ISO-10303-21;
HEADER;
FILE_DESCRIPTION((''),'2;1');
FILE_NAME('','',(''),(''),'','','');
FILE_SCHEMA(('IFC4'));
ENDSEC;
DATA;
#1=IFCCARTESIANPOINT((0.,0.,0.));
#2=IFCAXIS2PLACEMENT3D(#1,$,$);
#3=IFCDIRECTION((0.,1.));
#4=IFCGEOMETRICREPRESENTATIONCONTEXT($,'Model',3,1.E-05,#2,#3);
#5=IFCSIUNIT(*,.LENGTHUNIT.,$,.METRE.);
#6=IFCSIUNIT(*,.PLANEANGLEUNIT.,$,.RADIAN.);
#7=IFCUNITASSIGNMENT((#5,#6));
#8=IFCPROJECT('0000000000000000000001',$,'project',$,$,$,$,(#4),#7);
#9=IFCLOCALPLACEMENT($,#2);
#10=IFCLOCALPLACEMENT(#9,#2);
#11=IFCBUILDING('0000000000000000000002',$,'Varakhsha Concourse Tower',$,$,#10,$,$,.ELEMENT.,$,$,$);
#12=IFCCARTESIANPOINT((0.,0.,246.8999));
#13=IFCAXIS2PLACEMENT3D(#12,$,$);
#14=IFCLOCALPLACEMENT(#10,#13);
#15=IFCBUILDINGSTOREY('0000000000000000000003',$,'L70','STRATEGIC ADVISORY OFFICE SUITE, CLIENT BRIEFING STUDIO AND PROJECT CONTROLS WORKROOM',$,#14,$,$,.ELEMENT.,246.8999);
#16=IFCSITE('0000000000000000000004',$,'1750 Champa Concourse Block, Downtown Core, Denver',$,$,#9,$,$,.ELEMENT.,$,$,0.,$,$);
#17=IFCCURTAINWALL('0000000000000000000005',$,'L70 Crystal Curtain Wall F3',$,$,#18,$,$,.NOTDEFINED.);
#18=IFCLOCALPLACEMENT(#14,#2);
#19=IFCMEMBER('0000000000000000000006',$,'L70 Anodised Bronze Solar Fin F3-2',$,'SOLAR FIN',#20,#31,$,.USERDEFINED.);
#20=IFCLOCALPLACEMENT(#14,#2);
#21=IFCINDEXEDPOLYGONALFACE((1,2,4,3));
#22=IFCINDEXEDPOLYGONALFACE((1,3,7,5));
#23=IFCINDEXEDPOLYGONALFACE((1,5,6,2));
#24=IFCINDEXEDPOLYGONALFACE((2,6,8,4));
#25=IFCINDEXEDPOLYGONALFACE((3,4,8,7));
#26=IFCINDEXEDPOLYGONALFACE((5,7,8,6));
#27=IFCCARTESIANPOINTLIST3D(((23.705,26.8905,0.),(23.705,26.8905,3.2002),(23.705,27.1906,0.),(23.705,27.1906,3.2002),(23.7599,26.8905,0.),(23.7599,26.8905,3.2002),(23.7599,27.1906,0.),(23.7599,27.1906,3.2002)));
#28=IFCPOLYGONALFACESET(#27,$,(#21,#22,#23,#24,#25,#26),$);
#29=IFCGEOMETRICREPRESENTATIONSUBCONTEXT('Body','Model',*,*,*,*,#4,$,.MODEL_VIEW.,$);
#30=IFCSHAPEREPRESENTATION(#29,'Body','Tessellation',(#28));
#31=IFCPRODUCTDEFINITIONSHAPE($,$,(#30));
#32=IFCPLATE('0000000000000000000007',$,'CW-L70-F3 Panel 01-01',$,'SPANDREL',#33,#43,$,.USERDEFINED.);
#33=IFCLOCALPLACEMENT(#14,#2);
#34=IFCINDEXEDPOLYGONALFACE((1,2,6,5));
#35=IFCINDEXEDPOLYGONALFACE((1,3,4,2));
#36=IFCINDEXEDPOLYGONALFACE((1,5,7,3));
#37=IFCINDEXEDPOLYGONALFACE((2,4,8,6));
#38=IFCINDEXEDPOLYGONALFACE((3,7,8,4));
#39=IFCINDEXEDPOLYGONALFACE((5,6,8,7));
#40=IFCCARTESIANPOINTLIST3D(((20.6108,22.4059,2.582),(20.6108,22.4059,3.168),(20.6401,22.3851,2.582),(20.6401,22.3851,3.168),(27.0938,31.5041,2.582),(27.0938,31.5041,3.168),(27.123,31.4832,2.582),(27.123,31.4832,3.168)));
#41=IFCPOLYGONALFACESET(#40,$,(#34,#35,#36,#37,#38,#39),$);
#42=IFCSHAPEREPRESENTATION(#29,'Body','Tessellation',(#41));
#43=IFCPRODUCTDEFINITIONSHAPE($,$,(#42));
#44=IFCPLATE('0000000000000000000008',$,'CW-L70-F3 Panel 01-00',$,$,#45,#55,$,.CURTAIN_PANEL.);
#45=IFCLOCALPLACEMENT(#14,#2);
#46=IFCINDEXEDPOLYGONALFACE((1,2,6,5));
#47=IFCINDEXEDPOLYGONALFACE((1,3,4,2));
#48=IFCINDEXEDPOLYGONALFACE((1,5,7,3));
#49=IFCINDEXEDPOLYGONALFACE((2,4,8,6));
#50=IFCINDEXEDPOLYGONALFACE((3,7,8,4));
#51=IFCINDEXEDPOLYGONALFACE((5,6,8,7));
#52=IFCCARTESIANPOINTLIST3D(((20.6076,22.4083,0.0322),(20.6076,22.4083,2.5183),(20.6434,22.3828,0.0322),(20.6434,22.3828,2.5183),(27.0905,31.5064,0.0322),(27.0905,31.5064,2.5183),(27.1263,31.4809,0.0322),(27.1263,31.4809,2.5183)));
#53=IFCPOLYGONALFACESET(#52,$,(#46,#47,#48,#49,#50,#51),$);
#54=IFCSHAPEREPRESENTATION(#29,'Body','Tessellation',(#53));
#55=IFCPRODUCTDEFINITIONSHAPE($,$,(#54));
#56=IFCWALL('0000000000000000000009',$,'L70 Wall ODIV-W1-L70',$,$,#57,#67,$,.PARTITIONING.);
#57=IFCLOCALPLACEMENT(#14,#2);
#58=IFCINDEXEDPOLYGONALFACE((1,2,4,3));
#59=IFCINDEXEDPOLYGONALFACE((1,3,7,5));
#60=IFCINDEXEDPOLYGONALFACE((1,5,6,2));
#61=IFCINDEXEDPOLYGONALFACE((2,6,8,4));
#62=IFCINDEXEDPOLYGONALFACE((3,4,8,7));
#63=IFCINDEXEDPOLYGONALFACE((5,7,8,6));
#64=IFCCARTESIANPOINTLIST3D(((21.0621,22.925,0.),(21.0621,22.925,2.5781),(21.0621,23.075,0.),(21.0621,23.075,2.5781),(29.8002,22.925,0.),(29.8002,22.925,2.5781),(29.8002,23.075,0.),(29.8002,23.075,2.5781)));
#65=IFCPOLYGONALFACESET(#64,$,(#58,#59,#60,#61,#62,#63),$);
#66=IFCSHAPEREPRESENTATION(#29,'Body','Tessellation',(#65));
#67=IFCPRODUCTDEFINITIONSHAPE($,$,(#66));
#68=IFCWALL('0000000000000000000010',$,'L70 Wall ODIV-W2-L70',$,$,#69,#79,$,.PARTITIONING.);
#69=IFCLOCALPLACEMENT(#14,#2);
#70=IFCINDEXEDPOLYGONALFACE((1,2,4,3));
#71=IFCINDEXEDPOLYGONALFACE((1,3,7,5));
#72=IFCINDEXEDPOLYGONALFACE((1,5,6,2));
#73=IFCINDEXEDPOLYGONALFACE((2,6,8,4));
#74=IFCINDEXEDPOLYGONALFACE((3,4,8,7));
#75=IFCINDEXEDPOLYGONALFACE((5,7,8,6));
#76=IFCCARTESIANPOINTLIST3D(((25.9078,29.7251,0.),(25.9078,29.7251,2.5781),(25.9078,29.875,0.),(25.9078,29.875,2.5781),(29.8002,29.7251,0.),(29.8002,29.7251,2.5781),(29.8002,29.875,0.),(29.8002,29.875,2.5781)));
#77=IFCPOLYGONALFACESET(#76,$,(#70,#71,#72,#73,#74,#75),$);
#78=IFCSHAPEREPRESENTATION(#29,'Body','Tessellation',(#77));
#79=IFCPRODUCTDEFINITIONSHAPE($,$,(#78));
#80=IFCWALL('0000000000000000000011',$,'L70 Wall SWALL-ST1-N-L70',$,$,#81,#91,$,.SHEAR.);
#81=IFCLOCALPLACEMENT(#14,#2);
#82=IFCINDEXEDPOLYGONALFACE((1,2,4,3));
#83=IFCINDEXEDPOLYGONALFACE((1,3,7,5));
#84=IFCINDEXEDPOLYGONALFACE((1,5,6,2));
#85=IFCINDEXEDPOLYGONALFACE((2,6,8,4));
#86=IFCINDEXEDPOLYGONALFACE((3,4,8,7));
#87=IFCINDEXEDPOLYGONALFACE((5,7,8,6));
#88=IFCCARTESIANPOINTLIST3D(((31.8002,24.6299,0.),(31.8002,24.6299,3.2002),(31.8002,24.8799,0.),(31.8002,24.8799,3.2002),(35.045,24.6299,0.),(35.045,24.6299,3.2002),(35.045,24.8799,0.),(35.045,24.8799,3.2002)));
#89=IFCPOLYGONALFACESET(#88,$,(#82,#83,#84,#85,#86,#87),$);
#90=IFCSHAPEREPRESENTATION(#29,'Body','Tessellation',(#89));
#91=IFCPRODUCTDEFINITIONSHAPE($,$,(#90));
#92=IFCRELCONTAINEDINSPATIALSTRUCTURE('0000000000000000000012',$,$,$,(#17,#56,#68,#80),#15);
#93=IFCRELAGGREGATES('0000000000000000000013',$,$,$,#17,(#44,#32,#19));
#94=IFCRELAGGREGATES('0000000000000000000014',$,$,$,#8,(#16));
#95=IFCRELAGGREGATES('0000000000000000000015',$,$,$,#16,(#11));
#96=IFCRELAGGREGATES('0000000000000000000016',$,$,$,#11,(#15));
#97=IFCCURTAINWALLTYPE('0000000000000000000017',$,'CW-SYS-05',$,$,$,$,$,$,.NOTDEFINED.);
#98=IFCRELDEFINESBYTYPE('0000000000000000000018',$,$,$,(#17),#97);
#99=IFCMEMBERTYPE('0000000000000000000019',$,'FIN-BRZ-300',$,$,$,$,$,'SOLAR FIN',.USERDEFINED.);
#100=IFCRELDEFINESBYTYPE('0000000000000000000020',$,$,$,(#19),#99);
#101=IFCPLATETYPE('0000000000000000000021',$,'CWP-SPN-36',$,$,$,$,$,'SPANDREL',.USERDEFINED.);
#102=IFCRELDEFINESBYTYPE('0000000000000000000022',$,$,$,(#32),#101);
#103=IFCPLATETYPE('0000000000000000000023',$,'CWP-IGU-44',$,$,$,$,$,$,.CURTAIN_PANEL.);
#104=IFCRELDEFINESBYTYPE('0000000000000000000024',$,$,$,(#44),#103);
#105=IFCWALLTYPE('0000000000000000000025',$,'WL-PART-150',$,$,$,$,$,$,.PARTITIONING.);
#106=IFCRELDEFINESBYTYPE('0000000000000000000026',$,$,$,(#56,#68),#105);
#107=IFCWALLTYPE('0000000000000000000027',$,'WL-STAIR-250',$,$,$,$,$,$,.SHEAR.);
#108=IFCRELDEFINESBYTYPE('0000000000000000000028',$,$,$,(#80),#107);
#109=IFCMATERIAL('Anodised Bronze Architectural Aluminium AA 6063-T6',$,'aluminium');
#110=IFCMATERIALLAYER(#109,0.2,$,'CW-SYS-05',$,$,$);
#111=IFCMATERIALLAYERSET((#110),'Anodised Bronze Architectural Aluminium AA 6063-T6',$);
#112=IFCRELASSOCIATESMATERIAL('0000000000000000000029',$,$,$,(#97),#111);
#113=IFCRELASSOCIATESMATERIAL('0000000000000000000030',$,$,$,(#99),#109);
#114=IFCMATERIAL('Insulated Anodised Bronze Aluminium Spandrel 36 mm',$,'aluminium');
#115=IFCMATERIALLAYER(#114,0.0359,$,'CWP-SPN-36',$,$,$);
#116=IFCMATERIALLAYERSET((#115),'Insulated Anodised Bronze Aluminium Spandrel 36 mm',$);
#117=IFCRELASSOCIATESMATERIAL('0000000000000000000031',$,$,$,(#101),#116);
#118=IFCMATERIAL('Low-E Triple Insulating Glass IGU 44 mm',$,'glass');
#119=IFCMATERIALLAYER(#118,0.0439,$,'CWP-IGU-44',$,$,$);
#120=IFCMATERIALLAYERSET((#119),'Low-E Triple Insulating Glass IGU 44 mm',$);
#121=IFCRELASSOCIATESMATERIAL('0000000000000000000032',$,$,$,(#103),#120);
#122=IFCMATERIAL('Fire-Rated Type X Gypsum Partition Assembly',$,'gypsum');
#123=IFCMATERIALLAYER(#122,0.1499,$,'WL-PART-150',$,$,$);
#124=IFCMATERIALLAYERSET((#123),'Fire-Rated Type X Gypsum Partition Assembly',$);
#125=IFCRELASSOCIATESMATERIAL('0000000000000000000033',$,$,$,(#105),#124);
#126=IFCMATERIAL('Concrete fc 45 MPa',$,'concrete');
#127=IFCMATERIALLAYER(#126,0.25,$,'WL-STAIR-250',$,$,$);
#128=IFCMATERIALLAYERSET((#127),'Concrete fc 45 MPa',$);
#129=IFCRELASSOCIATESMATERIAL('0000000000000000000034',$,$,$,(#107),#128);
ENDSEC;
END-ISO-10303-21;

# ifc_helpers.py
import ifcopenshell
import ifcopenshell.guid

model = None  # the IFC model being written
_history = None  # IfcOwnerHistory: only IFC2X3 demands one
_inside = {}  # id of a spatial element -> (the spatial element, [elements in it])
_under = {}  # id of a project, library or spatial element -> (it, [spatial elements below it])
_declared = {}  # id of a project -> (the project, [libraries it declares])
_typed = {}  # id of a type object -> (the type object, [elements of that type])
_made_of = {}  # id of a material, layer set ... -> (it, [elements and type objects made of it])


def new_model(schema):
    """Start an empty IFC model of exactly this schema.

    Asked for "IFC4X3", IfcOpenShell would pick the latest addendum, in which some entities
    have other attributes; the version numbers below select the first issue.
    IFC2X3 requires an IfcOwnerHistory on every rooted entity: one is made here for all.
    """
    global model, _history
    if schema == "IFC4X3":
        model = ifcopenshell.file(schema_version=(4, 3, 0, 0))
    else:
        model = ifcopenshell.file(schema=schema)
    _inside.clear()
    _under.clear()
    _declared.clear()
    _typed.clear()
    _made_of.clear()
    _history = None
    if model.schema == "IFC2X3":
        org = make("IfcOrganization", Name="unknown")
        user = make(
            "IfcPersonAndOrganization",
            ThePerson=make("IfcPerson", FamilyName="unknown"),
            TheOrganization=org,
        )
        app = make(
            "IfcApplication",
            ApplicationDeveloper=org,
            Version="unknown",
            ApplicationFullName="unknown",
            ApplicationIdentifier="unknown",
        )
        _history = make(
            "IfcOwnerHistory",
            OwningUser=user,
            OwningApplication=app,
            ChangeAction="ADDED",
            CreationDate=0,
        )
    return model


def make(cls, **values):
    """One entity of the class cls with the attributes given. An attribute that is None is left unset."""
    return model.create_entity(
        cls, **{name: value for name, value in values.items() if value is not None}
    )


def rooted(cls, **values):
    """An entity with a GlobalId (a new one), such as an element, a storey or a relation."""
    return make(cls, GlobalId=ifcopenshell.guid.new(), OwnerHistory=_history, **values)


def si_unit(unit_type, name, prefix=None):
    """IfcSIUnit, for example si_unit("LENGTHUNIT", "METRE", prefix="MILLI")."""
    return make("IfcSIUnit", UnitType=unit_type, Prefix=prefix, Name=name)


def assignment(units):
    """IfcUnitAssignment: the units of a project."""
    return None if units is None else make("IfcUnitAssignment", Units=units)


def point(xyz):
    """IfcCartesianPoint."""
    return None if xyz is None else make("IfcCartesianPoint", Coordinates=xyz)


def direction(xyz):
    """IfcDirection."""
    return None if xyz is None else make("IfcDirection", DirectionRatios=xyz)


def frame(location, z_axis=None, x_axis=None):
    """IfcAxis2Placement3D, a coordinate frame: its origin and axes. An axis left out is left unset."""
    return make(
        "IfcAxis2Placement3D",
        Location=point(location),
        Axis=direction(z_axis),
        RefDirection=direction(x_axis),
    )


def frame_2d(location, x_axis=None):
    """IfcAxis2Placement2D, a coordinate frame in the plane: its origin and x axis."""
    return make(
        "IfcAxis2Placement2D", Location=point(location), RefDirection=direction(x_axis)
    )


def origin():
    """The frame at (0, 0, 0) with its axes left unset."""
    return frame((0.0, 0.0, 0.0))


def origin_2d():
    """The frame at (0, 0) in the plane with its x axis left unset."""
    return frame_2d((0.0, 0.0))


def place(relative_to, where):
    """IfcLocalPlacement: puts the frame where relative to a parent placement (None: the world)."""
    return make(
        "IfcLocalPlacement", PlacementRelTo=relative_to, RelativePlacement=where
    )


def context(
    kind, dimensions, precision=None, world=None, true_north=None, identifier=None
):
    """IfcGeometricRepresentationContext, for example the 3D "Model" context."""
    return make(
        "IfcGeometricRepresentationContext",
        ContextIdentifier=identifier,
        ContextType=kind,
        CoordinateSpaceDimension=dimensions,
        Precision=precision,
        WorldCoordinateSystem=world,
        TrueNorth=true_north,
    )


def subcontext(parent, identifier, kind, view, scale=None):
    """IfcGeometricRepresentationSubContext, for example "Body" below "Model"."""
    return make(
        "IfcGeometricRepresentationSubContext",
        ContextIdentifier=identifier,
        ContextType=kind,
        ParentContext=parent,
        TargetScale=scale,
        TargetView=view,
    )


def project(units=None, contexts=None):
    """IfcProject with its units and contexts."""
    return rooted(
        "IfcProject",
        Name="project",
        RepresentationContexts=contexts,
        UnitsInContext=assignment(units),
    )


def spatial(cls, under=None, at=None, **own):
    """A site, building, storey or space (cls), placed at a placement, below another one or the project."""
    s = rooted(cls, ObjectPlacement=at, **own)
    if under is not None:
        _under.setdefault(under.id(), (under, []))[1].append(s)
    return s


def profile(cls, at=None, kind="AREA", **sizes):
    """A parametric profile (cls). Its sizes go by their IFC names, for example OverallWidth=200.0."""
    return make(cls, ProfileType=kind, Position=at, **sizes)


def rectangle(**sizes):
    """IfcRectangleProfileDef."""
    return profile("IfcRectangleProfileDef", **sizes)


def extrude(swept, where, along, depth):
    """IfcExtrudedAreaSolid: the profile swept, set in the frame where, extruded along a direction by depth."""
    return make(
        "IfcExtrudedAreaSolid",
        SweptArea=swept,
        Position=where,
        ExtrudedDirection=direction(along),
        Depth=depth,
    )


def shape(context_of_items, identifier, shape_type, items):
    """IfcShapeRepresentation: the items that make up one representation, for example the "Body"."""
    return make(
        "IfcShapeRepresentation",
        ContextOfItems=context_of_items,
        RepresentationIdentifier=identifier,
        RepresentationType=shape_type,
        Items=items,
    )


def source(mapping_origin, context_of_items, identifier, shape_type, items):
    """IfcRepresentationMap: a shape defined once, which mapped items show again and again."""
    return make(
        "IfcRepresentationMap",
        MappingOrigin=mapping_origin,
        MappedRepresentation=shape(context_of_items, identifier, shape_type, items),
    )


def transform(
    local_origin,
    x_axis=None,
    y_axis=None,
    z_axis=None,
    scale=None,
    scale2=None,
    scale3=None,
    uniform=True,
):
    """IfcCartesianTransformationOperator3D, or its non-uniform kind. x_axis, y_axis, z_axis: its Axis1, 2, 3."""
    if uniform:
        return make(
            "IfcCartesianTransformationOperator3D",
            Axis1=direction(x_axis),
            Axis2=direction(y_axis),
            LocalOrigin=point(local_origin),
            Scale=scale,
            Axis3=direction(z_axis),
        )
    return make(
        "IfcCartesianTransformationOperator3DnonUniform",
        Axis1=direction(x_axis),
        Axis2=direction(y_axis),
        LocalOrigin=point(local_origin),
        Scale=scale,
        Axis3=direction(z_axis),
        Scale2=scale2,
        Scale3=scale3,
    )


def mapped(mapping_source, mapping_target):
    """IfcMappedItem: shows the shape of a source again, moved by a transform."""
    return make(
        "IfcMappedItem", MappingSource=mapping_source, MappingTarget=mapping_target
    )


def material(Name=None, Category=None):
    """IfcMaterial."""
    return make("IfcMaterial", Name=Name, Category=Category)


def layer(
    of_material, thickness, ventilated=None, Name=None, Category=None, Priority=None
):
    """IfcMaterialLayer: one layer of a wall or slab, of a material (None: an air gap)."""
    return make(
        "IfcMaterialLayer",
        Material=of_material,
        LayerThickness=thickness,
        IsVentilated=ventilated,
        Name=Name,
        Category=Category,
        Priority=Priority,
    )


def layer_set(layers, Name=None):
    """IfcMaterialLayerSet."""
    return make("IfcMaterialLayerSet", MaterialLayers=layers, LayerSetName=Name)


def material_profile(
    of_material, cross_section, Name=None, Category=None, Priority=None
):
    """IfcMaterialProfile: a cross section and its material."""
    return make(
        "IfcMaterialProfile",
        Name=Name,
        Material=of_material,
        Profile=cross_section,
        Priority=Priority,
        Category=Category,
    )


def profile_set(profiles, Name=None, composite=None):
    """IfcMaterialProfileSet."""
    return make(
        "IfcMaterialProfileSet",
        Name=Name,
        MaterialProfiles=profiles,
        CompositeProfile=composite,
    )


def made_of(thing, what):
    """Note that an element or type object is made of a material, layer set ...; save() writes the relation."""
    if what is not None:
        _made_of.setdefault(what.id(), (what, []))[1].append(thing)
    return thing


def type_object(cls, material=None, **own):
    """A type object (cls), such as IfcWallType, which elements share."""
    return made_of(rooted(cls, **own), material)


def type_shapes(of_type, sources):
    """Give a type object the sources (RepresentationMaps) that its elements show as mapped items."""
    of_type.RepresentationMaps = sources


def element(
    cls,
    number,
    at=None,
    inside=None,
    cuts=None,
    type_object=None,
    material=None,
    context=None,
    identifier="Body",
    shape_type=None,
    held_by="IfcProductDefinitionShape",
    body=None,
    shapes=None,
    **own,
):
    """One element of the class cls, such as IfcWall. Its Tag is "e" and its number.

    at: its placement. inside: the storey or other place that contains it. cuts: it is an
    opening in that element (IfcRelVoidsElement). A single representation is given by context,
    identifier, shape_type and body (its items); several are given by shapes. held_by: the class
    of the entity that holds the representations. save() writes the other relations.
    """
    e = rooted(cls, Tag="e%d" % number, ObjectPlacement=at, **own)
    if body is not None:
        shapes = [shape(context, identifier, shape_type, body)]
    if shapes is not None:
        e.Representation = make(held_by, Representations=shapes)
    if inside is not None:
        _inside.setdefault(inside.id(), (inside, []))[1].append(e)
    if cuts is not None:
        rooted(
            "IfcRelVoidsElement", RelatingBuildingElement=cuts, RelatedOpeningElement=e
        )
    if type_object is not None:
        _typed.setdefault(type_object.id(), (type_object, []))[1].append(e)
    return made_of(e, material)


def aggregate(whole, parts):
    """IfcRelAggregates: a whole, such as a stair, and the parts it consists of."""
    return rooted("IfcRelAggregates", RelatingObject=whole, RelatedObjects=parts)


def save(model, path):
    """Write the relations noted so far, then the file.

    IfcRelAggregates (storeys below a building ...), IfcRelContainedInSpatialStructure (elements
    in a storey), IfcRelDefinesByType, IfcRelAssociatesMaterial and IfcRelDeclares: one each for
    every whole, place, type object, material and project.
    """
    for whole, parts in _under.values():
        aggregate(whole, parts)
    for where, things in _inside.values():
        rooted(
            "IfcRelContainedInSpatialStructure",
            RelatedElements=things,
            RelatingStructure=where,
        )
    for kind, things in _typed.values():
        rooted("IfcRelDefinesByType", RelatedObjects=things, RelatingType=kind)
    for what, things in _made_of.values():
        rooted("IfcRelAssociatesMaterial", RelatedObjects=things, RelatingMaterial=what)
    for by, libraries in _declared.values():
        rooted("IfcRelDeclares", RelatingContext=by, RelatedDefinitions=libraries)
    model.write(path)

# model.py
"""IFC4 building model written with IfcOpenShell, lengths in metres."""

from ifc_helpers import new_model, si_unit, direction, frame, frame_2d, origin, origin_2d, place, context, subcontext, project, spatial, rectangle, extrude, source, transform, mapped, material, layer, layer_set, material_profile, profile_set, type_object, type_shapes, element, aggregate, save


model = new_model("IFC4")

# Units and contexts
model_context = context("Model", 3, precision=1e-05, world=origin(), true_north=direction((0.0, 1.0)))
body_context = subcontext(model_context, "Body", "Model", "MODEL_VIEW")
ifc_project = project(units=[si_unit("LENGTHUNIT", "METRE"), si_unit("PLANEANGLEUNIT", "RADIAN")], contexts=[model_context])

# Site, building, storey
site_placement = place(None, origin())
site = spatial("IfcSite", under=ifc_project, at=site_placement, Name="1750 Champa Concourse Block, Downtown Core, Denver", CompositionType="ELEMENT", RefElevation=0.0)
building_placement = place(site_placement, origin())
building = spatial("IfcBuilding", under=site, at=building_placement, Name="Varakhsha Concourse Tower", CompositionType="ELEMENT")
storey_placement = place(building_placement, frame((0.0, 0.0, 246.8999)))
storey = spatial("IfcBuildingStorey", under=building, at=storey_placement, Name="L70", Description="STRATEGIC ADVISORY OFFICE SUITE, CLIENT BRIEFING STUDIO AND PROJECT CONTROLS WORKROOM", CompositionType="ELEMENT", Elevation=246.8999)

# Curtain wall, member, plates
ifc_material_1 = material(Name="Anodised Bronze Architectural Aluminium AA 6063-T6", Category="aluminium")
ifc_layer_1 = layer(ifc_material_1, 0.2, Name="CW-SYS-05")
ifc_layer_set_1 = layer_set([ifc_layer_1], Name="Anodised Bronze Architectural Aluminium AA 6063-T6")
curtain_wall_type = type_object("IfcCurtainWallType", Name="CW-SYS-05", PredefinedType="NOTDEFINED", material=ifc_layer_set_1)
curtain_wall_placement = place(storey_placement, origin())
curtain_wall = element("IfcCurtainWall", 1, at=curtain_wall_placement, inside=storey, type_object=curtain_wall_type, Name="L70 Crystal Curtain Wall F3", PredefinedType="NOTDEFINED")
ifc_material_profile_1 = material_profile(ifc_material_1, rectangle(XDim=0.0549, YDim=0.3, at=origin_2d()), Name="FIN-BRZ-300")
ifc_profile_set_1 = profile_set([ifc_material_profile_1], Name="Anodised Bronze Architectural Aluminium AA 6063-T6")
member_type_1 = type_object("IfcMemberType", Name="FIN-BRZ-300", ElementType="SOLAR FIN", PredefinedType="USERDEFINED", material=ifc_profile_set_1)
shared_shape_1 = source(origin(), body_context, "Body", "SweptSolid", [
    extrude(rectangle(XDim=0.0549, YDim=0.3, at=origin_2d()), origin(), (0.0, 0.0, 1.0), 3.2002),
])
type_shapes(member_type_1, [shared_shape_1])
member_1_placement = place(storey_placement, frame((23.7324, 27.0405, 0.0), z_axis=(0.0, 0.0, 1.0), x_axis=(1.0, 0.0, 0.0)))
member_1 = element("IfcMember", 2, at=member_1_placement, type_object=member_type_1, Name="L70 Anodised Bronze Solar Fin F3-2", ObjectType="SOLAR FIN", PredefinedType="USERDEFINED", context=body_context, shape_type="MappedRepresentation", body=[
    mapped(shared_shape_1, transform((0.0, 0.0, 0.0), scale=1.0)),
])
ifc_material_2 = material(Name="Insulated Anodised Bronze Aluminium Spandrel 36 mm", Category="aluminium")
ifc_layer_2 = layer(ifc_material_2, 0.0359, Name="CWP-SPN-36")
ifc_layer_set_2 = layer_set([ifc_layer_2], Name="Insulated Anodised Bronze Aluminium Spandrel 36 mm")
plate_type_1 = type_object("IfcPlateType", Name="CWP-SPN-36", ElementType="SPANDREL", PredefinedType="USERDEFINED", material=ifc_layer_set_2)
shared_shape_2 = source(origin(), body_context, "Body", "SweptSolid", [
    extrude(rectangle(XDim=11.1716, YDim=0.0359, at=origin_2d()), origin(), (0.0, 0.0, 1.0), 0.5859),
])
type_shapes(plate_type_1, [shared_shape_2])
plate_1_placement = place(storey_placement, frame((23.8669, 26.9446, 2.582), z_axis=(0.0, 0.0, 1.0), x_axis=(0.580306, 0.814398, 0.0)))
plate_1 = element("IfcPlate", 3, at=plate_1_placement, type_object=plate_type_1, Name="CW-L70-F3 Panel 01-01", ObjectType="SPANDREL", PredefinedType="USERDEFINED", context=body_context, shape_type="MappedRepresentation", body=[
    mapped(shared_shape_2, transform((0.0, 0.0, 0.0), scale=1.0)),
])
ifc_material_3 = material(Name="Low-E Triple Insulating Glass IGU 44 mm", Category="glass")
ifc_layer_3 = layer(ifc_material_3, 0.0439, Name="CWP-IGU-44")
ifc_layer_set_3 = layer_set([ifc_layer_3], Name="Low-E Triple Insulating Glass IGU 44 mm")
plate_type_2 = type_object("IfcPlateType", Name="CWP-IGU-44", PredefinedType="CURTAIN_PANEL", material=ifc_layer_set_3)
shared_shape_3 = source(origin(), body_context, "Body", "SweptSolid", [
    extrude(rectangle(XDim=11.1716, YDim=0.0439, at=origin_2d()), origin(), (0.0, 0.0, 1.0), 2.4861),
])
type_shapes(plate_type_2, [shared_shape_3])
plate_2_placement = place(storey_placement, frame((23.8669, 26.9446, 0.0322), z_axis=(0.0, 0.0, 1.0), x_axis=(0.580306, 0.814398, 0.0)))
plate_2 = element("IfcPlate", 4, at=plate_2_placement, type_object=plate_type_2, Name="CW-L70-F3 Panel 01-00", PredefinedType="CURTAIN_PANEL", context=body_context, shape_type="MappedRepresentation", body=[
    mapped(shared_shape_3, transform((0.0, 0.0, 0.0), scale=1.0)),
])
aggregate(curtain_wall, [plate_2, plate_1, member_1])

# Walls
ifc_material_4 = material(Name="Fire-Rated Type X Gypsum Partition Assembly", Category="gypsum")
ifc_layer_4 = layer(ifc_material_4, 0.1499, Name="WL-PART-150")
ifc_layer_set_4 = layer_set([ifc_layer_4], Name="Fire-Rated Type X Gypsum Partition Assembly")
wall_type_1 = type_object("IfcWallType", Name="WL-PART-150", PredefinedType="PARTITIONING", material=ifc_layer_set_4)
wall_1_placement = place(storey_placement, frame((21.062, 23.0, 0.0), z_axis=(0.0, 0.0, 1.0), x_axis=(1.0, 0.0, 0.0)))
element("IfcWall", 5, at=wall_1_placement, inside=storey, type_object=wall_type_1, Name="L70 Wall ODIV-W1-L70", PredefinedType="PARTITIONING", context=body_context, shape_type="SweptSolid", body=[
    extrude(rectangle(XDim=8.738, YDim=0.1499, at=frame_2d((4.3691, 0.0))), origin(), (0.0, 0.0, 1.0), 2.5781),
])
wall_2_placement = place(storey_placement, frame((25.9077, 29.8, 0.0), z_axis=(0.0, 0.0, 1.0), x_axis=(1.0, 0.0, 0.0)))
element("IfcWall", 6, at=wall_2_placement, inside=storey, type_object=wall_type_1, Name="L70 Wall ODIV-W2-L70", PredefinedType="PARTITIONING", context=body_context, shape_type="SweptSolid", body=[
    extrude(rectangle(XDim=3.8923, YDim=0.1499, at=frame_2d((1.9463, 0.0))), origin(), (0.0, 0.0, 1.0), 2.5781),
])

# Wall
ifc_material_5 = material(Name="Concrete fc 45 MPa", Category="concrete")
ifc_layer_5 = layer(ifc_material_5, 0.25, Name="WL-STAIR-250")
ifc_layer_set_5 = layer_set([ifc_layer_5], Name="Concrete fc 45 MPa")
wall_type_2 = type_object("IfcWallType", Name="WL-STAIR-250", PredefinedType="SHEAR", material=ifc_layer_set_5)
wall_3_placement = place(storey_placement, frame((31.8, 24.7549, 0.0), z_axis=(0.0, 0.0, 1.0), x_axis=(1.0, 0.0, 0.0)))
element("IfcWall", 7, at=wall_3_placement, inside=storey, type_object=wall_type_2, Name="L70 Wall SWALL-ST1-N-L70", PredefinedType="SHEAR", context=body_context, shape_type="SweptSolid", body=[
    extrude(rectangle(XDim=3.2449, YDim=0.25, at=frame_2d((1.6226, 0.0))), origin(), (0.0, 0.0, 1.0), 3.2002),
])

save(model, "model.ifc")
